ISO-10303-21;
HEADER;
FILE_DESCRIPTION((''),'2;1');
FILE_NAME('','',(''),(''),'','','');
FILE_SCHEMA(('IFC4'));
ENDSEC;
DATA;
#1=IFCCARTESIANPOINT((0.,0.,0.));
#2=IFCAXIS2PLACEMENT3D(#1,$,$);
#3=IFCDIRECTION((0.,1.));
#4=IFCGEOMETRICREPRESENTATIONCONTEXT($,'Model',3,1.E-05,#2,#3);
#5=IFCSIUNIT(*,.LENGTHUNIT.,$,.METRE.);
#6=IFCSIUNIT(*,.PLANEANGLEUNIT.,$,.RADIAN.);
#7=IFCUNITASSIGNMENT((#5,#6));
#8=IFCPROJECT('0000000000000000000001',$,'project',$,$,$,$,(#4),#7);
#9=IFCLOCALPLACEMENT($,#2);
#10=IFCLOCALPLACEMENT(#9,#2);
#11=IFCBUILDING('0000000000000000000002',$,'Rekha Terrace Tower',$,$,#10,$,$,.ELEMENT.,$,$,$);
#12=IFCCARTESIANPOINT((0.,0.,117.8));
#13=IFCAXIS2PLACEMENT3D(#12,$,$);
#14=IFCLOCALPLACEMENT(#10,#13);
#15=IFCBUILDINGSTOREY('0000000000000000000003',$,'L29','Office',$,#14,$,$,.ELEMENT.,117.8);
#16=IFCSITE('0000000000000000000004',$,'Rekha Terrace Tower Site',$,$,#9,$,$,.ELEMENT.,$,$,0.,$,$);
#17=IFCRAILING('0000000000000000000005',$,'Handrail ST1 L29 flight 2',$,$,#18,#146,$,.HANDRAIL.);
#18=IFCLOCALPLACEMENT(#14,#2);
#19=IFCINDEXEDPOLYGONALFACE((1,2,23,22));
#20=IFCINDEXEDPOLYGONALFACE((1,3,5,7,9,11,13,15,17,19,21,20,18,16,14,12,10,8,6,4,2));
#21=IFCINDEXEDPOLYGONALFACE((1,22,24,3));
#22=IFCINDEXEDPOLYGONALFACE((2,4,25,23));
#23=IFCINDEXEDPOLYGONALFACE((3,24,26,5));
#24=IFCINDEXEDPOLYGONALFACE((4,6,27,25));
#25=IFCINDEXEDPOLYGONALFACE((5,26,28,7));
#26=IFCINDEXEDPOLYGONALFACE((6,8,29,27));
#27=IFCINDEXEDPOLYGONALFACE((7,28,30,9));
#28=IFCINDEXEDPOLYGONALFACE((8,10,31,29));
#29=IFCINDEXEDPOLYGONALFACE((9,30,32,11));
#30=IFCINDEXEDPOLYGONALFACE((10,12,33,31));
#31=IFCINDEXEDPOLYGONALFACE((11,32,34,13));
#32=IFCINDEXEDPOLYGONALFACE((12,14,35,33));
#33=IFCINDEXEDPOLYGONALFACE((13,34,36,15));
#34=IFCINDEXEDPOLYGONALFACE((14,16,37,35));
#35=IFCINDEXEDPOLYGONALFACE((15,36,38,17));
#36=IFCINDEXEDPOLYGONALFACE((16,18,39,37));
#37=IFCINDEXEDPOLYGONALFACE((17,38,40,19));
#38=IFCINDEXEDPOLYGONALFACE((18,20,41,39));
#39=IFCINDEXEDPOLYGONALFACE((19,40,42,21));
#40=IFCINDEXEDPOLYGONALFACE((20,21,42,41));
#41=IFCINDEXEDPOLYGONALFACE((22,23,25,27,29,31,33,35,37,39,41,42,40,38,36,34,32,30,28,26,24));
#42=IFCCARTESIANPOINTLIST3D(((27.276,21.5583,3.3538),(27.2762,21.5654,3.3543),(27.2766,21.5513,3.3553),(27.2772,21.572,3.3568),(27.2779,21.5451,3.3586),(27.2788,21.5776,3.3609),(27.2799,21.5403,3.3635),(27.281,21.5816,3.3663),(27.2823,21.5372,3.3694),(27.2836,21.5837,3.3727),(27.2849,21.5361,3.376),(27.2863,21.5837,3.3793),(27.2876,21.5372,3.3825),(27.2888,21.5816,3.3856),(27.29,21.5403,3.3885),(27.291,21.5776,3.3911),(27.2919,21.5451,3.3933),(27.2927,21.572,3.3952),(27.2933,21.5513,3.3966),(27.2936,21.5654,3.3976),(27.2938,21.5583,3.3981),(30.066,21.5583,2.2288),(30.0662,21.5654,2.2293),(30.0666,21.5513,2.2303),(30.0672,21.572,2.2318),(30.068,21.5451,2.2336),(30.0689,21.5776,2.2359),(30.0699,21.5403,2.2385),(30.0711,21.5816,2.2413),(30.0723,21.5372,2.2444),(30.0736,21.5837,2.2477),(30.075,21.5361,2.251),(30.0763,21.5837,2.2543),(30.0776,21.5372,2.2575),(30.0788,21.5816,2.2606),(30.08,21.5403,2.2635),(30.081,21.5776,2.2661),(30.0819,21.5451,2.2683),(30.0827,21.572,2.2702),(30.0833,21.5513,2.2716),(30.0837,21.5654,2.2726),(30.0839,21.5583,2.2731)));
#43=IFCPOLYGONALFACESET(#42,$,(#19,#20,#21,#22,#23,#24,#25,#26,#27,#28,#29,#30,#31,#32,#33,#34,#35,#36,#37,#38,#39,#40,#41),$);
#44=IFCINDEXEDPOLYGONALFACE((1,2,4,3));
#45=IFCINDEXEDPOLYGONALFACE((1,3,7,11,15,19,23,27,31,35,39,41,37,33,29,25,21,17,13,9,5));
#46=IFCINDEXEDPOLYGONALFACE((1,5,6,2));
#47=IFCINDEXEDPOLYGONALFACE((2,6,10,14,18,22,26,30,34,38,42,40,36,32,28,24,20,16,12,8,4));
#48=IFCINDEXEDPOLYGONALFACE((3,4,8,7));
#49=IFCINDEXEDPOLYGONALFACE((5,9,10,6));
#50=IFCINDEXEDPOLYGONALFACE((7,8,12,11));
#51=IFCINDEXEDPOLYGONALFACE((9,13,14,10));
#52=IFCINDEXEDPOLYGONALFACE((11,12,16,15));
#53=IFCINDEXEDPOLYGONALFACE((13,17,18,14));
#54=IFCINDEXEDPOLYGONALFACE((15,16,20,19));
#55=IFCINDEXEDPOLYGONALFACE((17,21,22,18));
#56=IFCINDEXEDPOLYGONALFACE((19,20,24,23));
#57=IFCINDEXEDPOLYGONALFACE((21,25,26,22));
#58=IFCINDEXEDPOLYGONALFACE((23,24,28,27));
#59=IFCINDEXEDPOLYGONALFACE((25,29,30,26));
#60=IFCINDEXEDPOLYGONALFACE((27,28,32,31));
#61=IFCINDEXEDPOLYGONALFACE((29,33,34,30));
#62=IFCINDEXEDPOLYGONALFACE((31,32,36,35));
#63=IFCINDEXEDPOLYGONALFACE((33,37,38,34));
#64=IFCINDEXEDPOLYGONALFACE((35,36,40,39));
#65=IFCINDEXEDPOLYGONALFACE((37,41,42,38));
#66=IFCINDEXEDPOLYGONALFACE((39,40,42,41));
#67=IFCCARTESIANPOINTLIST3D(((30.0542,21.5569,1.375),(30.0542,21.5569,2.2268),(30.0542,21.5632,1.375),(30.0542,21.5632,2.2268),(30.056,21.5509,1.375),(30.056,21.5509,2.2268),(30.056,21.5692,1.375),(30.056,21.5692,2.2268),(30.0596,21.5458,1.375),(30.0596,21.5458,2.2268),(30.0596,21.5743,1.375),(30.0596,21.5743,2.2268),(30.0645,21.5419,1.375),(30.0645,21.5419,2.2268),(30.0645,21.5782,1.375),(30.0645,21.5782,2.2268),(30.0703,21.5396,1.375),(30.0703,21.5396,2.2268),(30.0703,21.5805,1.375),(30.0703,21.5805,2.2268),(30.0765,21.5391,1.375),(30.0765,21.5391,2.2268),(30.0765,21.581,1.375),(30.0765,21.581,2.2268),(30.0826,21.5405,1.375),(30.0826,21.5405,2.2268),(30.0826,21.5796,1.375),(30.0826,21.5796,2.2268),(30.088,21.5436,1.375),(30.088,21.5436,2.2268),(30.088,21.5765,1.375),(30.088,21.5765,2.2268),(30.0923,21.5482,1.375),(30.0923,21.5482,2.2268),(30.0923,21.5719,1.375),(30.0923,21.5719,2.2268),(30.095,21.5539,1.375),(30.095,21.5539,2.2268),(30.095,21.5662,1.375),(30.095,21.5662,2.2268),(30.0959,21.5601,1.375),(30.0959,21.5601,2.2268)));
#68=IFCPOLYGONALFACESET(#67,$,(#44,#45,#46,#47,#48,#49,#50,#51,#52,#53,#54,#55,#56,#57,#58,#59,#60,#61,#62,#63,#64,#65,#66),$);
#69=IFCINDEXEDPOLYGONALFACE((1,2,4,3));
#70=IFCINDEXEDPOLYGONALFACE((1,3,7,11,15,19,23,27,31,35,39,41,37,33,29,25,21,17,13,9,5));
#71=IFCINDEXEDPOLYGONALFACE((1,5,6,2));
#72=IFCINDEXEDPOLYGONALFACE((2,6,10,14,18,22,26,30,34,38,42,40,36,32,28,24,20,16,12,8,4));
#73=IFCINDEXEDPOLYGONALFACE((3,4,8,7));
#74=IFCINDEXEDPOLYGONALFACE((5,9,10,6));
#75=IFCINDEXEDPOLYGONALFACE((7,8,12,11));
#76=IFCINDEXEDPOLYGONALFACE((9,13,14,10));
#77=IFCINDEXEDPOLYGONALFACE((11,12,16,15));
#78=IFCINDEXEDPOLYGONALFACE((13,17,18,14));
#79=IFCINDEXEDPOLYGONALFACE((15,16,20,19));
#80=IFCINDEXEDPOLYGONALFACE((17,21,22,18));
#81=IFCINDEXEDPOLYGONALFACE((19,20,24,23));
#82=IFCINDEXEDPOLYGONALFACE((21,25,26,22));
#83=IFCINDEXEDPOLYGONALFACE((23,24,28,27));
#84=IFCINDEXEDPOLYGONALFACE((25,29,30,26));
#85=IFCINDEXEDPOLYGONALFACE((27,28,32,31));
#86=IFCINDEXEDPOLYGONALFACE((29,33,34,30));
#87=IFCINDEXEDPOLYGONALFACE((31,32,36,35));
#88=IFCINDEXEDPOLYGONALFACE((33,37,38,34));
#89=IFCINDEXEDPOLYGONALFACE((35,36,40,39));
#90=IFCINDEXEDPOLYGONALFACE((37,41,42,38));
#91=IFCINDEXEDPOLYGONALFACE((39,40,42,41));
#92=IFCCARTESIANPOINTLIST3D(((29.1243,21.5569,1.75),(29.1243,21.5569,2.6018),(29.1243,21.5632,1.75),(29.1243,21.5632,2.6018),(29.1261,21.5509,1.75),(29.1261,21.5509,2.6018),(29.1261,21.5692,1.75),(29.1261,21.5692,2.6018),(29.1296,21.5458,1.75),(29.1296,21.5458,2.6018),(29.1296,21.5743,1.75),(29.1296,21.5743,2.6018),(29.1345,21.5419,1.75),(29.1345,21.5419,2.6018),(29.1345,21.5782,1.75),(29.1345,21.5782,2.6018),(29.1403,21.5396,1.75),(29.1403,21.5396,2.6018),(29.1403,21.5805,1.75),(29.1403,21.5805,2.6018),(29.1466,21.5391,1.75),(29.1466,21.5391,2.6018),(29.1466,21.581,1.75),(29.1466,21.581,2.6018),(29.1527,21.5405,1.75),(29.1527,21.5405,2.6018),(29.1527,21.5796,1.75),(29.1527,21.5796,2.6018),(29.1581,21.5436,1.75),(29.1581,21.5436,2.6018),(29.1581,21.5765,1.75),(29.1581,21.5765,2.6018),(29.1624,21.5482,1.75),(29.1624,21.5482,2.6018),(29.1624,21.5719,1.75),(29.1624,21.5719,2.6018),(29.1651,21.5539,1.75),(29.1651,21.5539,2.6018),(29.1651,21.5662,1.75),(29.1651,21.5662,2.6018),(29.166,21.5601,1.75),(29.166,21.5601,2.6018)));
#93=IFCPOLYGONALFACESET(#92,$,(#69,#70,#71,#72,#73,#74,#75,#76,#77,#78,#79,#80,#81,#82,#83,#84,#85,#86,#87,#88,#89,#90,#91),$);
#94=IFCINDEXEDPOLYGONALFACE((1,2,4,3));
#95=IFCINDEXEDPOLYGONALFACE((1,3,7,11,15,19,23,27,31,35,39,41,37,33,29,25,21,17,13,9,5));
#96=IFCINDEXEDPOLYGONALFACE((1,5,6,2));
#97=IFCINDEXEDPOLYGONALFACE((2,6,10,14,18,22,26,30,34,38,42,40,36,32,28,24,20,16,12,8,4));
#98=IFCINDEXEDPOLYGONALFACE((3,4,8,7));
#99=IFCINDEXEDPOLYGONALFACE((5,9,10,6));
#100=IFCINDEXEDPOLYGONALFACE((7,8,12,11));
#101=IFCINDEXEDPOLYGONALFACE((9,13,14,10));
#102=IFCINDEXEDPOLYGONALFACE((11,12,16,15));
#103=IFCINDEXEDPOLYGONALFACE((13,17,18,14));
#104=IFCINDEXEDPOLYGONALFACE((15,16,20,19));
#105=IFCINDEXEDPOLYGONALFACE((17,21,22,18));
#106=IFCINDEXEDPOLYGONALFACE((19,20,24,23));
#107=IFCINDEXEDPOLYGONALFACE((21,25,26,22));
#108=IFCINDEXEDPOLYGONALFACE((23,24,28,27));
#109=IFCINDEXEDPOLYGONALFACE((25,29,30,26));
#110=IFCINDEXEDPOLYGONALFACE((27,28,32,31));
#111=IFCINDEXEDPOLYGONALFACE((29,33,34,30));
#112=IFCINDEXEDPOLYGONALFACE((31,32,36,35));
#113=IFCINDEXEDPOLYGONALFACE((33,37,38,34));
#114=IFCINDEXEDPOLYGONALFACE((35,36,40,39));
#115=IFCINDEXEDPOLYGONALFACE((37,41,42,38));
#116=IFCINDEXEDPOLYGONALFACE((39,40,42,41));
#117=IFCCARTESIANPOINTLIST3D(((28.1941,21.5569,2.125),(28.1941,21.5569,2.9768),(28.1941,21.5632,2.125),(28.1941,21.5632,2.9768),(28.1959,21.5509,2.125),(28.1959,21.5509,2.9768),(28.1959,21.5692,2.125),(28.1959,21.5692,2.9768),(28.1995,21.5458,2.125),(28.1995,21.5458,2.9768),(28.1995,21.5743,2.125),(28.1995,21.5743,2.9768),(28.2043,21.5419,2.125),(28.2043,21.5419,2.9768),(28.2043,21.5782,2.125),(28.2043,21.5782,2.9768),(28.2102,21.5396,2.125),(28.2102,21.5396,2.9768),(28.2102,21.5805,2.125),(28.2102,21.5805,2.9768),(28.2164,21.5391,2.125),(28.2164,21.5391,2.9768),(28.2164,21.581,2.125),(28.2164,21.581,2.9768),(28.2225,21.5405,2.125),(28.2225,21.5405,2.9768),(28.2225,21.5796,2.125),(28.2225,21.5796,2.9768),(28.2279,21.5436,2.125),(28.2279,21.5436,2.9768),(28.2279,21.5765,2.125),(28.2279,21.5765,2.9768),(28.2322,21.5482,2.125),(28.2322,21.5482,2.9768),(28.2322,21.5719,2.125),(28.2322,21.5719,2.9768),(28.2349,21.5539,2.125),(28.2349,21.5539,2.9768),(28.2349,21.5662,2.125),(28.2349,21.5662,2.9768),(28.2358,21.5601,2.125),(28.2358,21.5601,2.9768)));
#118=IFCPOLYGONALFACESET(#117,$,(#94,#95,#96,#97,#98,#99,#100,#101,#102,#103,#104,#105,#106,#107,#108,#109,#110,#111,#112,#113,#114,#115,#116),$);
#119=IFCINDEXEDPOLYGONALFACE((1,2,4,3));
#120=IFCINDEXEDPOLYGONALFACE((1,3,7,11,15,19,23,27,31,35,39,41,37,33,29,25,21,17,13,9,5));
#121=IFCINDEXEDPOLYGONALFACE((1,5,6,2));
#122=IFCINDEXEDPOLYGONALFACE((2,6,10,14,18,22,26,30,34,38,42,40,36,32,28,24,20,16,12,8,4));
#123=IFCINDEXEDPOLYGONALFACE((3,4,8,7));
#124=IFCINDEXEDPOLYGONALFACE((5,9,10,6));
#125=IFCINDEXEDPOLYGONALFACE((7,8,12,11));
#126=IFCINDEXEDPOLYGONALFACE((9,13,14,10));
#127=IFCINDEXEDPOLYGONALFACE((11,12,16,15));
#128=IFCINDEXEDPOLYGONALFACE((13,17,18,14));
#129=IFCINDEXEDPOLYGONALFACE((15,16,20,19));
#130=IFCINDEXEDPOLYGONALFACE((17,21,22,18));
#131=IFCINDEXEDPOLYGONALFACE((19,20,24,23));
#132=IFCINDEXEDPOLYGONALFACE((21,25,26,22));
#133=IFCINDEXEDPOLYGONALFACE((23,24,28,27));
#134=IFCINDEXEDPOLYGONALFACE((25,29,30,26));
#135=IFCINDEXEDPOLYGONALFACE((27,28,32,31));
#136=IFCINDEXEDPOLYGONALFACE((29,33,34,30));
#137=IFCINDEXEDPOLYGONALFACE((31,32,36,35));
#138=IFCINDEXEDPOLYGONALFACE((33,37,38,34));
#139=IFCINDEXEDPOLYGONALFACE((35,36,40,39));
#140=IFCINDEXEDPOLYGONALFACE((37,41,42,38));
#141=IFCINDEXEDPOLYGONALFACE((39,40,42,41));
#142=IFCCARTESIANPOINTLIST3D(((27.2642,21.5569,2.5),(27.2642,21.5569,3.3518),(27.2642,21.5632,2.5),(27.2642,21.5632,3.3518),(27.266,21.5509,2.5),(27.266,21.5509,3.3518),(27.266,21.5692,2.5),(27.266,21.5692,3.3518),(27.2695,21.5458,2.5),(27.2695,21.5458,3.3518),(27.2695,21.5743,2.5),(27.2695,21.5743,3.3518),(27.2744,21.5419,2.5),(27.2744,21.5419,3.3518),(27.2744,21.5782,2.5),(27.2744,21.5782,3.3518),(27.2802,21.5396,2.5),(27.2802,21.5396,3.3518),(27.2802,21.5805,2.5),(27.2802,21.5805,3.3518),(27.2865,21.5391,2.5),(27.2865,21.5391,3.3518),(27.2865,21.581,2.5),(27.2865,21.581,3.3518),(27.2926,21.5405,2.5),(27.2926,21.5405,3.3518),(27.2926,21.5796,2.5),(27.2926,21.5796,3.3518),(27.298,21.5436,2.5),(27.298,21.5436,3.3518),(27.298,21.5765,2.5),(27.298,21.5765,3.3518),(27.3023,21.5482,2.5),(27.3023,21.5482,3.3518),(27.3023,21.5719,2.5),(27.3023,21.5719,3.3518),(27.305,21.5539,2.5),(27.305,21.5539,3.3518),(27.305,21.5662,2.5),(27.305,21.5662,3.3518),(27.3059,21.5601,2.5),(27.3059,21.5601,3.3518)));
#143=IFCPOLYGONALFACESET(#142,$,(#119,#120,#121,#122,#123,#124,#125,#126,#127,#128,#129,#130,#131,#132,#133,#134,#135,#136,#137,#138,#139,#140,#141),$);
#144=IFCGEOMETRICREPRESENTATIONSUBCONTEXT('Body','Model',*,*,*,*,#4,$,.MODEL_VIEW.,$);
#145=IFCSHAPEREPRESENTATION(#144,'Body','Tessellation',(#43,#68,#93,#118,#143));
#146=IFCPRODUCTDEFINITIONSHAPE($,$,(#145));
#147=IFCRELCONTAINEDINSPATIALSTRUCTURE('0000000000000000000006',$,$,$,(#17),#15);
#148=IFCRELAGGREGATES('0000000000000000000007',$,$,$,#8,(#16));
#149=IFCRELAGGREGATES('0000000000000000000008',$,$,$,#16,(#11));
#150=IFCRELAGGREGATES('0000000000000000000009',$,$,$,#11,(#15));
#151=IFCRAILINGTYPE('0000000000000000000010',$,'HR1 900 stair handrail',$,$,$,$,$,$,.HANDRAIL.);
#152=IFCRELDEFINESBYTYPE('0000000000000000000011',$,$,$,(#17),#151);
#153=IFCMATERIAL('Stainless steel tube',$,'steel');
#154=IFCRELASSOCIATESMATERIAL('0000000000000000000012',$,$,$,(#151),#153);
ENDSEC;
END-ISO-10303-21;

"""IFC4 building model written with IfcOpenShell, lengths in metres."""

from ifc_helpers import new_model, si_unit, direction, frame, origin, origin_2d, place, context, subcontext, project, spatial, circle, extrude, material, type_object, element, save


model = new_model("IFC4")

# Units and contexts
model_context = context("Model", 3, precision=1e-05, world=origin(), true_north=direction((0.0, 1.0)))
body_context = subcontext(model_context, "Body", "Model", "MODEL_VIEW")
ifc_project = project(units=[si_unit("LENGTHUNIT", "METRE"), si_unit("PLANEANGLEUNIT", "RADIAN")], contexts=[model_context])

# Site, building, storey
site_placement = place(None, origin())
site = spatial("IfcSite", under=ifc_project, at=site_placement, Name="Rekha Terrace Tower Site", CompositionType="ELEMENT", RefElevation=0.0)
building_placement = place(site_placement, origin())
building = spatial("IfcBuilding", under=site, at=building_placement, Name="Rekha Terrace Tower", CompositionType="ELEMENT")
storey_placement = place(building_placement, frame((0.0, 0.0, 117.8)))
storey = spatial("IfcBuildingStorey", under=building, at=storey_placement, Name="L29", Description="Office", CompositionType="ELEMENT", Elevation=117.8)

# Railing
ifc_material_1 = material(Name="Stainless steel tube", Category="steel")
railing_type_1 = type_object("IfcRailingType", Name="HR1 900 stair handrail", PredefinedType="HANDRAIL", material=ifc_material_1)
railing_1_placement = place(storey_placement, frame((30.075, 21.5601, 1.375)))
element("IfcRailing", 1, at=railing_1_placement, inside=storey, type_object=railing_type_1, Name="Handrail ST1 L29 flight 2", PredefinedType="HANDRAIL", context=body_context, shape_type="SweptSolid", body=[
    extrude(circle(Radius=0.0239, at=origin_2d()), frame((0.0, 0.0, 0.876), z_axis=(-0.927443, 0.0, 0.373964), x_axis=(0.0, -1.0, 0.0)), (0.0, 0.0, 1.0), 3.0083),
    extrude(circle(Radius=0.021, at=origin_2d()), origin(), (0.0, 0.0, 1.0), 0.8518),
    extrude(circle(Radius=0.021, at=origin_2d()), frame((-0.9299, 0.0, 0.375)), (0.0, 0.0, 1.0), 0.8518),
    extrude(circle(Radius=0.021, at=origin_2d()), frame((-1.8601, 0.0, 0.75)), (0.0, 0.0, 1.0), 0.8518),
    extrude(circle(Radius=0.021, at=origin_2d()), frame((-2.79, 0.0, 1.125)), (0.0, 0.0, 1.0), 0.8518),
])

save(model, "model.ifc")
